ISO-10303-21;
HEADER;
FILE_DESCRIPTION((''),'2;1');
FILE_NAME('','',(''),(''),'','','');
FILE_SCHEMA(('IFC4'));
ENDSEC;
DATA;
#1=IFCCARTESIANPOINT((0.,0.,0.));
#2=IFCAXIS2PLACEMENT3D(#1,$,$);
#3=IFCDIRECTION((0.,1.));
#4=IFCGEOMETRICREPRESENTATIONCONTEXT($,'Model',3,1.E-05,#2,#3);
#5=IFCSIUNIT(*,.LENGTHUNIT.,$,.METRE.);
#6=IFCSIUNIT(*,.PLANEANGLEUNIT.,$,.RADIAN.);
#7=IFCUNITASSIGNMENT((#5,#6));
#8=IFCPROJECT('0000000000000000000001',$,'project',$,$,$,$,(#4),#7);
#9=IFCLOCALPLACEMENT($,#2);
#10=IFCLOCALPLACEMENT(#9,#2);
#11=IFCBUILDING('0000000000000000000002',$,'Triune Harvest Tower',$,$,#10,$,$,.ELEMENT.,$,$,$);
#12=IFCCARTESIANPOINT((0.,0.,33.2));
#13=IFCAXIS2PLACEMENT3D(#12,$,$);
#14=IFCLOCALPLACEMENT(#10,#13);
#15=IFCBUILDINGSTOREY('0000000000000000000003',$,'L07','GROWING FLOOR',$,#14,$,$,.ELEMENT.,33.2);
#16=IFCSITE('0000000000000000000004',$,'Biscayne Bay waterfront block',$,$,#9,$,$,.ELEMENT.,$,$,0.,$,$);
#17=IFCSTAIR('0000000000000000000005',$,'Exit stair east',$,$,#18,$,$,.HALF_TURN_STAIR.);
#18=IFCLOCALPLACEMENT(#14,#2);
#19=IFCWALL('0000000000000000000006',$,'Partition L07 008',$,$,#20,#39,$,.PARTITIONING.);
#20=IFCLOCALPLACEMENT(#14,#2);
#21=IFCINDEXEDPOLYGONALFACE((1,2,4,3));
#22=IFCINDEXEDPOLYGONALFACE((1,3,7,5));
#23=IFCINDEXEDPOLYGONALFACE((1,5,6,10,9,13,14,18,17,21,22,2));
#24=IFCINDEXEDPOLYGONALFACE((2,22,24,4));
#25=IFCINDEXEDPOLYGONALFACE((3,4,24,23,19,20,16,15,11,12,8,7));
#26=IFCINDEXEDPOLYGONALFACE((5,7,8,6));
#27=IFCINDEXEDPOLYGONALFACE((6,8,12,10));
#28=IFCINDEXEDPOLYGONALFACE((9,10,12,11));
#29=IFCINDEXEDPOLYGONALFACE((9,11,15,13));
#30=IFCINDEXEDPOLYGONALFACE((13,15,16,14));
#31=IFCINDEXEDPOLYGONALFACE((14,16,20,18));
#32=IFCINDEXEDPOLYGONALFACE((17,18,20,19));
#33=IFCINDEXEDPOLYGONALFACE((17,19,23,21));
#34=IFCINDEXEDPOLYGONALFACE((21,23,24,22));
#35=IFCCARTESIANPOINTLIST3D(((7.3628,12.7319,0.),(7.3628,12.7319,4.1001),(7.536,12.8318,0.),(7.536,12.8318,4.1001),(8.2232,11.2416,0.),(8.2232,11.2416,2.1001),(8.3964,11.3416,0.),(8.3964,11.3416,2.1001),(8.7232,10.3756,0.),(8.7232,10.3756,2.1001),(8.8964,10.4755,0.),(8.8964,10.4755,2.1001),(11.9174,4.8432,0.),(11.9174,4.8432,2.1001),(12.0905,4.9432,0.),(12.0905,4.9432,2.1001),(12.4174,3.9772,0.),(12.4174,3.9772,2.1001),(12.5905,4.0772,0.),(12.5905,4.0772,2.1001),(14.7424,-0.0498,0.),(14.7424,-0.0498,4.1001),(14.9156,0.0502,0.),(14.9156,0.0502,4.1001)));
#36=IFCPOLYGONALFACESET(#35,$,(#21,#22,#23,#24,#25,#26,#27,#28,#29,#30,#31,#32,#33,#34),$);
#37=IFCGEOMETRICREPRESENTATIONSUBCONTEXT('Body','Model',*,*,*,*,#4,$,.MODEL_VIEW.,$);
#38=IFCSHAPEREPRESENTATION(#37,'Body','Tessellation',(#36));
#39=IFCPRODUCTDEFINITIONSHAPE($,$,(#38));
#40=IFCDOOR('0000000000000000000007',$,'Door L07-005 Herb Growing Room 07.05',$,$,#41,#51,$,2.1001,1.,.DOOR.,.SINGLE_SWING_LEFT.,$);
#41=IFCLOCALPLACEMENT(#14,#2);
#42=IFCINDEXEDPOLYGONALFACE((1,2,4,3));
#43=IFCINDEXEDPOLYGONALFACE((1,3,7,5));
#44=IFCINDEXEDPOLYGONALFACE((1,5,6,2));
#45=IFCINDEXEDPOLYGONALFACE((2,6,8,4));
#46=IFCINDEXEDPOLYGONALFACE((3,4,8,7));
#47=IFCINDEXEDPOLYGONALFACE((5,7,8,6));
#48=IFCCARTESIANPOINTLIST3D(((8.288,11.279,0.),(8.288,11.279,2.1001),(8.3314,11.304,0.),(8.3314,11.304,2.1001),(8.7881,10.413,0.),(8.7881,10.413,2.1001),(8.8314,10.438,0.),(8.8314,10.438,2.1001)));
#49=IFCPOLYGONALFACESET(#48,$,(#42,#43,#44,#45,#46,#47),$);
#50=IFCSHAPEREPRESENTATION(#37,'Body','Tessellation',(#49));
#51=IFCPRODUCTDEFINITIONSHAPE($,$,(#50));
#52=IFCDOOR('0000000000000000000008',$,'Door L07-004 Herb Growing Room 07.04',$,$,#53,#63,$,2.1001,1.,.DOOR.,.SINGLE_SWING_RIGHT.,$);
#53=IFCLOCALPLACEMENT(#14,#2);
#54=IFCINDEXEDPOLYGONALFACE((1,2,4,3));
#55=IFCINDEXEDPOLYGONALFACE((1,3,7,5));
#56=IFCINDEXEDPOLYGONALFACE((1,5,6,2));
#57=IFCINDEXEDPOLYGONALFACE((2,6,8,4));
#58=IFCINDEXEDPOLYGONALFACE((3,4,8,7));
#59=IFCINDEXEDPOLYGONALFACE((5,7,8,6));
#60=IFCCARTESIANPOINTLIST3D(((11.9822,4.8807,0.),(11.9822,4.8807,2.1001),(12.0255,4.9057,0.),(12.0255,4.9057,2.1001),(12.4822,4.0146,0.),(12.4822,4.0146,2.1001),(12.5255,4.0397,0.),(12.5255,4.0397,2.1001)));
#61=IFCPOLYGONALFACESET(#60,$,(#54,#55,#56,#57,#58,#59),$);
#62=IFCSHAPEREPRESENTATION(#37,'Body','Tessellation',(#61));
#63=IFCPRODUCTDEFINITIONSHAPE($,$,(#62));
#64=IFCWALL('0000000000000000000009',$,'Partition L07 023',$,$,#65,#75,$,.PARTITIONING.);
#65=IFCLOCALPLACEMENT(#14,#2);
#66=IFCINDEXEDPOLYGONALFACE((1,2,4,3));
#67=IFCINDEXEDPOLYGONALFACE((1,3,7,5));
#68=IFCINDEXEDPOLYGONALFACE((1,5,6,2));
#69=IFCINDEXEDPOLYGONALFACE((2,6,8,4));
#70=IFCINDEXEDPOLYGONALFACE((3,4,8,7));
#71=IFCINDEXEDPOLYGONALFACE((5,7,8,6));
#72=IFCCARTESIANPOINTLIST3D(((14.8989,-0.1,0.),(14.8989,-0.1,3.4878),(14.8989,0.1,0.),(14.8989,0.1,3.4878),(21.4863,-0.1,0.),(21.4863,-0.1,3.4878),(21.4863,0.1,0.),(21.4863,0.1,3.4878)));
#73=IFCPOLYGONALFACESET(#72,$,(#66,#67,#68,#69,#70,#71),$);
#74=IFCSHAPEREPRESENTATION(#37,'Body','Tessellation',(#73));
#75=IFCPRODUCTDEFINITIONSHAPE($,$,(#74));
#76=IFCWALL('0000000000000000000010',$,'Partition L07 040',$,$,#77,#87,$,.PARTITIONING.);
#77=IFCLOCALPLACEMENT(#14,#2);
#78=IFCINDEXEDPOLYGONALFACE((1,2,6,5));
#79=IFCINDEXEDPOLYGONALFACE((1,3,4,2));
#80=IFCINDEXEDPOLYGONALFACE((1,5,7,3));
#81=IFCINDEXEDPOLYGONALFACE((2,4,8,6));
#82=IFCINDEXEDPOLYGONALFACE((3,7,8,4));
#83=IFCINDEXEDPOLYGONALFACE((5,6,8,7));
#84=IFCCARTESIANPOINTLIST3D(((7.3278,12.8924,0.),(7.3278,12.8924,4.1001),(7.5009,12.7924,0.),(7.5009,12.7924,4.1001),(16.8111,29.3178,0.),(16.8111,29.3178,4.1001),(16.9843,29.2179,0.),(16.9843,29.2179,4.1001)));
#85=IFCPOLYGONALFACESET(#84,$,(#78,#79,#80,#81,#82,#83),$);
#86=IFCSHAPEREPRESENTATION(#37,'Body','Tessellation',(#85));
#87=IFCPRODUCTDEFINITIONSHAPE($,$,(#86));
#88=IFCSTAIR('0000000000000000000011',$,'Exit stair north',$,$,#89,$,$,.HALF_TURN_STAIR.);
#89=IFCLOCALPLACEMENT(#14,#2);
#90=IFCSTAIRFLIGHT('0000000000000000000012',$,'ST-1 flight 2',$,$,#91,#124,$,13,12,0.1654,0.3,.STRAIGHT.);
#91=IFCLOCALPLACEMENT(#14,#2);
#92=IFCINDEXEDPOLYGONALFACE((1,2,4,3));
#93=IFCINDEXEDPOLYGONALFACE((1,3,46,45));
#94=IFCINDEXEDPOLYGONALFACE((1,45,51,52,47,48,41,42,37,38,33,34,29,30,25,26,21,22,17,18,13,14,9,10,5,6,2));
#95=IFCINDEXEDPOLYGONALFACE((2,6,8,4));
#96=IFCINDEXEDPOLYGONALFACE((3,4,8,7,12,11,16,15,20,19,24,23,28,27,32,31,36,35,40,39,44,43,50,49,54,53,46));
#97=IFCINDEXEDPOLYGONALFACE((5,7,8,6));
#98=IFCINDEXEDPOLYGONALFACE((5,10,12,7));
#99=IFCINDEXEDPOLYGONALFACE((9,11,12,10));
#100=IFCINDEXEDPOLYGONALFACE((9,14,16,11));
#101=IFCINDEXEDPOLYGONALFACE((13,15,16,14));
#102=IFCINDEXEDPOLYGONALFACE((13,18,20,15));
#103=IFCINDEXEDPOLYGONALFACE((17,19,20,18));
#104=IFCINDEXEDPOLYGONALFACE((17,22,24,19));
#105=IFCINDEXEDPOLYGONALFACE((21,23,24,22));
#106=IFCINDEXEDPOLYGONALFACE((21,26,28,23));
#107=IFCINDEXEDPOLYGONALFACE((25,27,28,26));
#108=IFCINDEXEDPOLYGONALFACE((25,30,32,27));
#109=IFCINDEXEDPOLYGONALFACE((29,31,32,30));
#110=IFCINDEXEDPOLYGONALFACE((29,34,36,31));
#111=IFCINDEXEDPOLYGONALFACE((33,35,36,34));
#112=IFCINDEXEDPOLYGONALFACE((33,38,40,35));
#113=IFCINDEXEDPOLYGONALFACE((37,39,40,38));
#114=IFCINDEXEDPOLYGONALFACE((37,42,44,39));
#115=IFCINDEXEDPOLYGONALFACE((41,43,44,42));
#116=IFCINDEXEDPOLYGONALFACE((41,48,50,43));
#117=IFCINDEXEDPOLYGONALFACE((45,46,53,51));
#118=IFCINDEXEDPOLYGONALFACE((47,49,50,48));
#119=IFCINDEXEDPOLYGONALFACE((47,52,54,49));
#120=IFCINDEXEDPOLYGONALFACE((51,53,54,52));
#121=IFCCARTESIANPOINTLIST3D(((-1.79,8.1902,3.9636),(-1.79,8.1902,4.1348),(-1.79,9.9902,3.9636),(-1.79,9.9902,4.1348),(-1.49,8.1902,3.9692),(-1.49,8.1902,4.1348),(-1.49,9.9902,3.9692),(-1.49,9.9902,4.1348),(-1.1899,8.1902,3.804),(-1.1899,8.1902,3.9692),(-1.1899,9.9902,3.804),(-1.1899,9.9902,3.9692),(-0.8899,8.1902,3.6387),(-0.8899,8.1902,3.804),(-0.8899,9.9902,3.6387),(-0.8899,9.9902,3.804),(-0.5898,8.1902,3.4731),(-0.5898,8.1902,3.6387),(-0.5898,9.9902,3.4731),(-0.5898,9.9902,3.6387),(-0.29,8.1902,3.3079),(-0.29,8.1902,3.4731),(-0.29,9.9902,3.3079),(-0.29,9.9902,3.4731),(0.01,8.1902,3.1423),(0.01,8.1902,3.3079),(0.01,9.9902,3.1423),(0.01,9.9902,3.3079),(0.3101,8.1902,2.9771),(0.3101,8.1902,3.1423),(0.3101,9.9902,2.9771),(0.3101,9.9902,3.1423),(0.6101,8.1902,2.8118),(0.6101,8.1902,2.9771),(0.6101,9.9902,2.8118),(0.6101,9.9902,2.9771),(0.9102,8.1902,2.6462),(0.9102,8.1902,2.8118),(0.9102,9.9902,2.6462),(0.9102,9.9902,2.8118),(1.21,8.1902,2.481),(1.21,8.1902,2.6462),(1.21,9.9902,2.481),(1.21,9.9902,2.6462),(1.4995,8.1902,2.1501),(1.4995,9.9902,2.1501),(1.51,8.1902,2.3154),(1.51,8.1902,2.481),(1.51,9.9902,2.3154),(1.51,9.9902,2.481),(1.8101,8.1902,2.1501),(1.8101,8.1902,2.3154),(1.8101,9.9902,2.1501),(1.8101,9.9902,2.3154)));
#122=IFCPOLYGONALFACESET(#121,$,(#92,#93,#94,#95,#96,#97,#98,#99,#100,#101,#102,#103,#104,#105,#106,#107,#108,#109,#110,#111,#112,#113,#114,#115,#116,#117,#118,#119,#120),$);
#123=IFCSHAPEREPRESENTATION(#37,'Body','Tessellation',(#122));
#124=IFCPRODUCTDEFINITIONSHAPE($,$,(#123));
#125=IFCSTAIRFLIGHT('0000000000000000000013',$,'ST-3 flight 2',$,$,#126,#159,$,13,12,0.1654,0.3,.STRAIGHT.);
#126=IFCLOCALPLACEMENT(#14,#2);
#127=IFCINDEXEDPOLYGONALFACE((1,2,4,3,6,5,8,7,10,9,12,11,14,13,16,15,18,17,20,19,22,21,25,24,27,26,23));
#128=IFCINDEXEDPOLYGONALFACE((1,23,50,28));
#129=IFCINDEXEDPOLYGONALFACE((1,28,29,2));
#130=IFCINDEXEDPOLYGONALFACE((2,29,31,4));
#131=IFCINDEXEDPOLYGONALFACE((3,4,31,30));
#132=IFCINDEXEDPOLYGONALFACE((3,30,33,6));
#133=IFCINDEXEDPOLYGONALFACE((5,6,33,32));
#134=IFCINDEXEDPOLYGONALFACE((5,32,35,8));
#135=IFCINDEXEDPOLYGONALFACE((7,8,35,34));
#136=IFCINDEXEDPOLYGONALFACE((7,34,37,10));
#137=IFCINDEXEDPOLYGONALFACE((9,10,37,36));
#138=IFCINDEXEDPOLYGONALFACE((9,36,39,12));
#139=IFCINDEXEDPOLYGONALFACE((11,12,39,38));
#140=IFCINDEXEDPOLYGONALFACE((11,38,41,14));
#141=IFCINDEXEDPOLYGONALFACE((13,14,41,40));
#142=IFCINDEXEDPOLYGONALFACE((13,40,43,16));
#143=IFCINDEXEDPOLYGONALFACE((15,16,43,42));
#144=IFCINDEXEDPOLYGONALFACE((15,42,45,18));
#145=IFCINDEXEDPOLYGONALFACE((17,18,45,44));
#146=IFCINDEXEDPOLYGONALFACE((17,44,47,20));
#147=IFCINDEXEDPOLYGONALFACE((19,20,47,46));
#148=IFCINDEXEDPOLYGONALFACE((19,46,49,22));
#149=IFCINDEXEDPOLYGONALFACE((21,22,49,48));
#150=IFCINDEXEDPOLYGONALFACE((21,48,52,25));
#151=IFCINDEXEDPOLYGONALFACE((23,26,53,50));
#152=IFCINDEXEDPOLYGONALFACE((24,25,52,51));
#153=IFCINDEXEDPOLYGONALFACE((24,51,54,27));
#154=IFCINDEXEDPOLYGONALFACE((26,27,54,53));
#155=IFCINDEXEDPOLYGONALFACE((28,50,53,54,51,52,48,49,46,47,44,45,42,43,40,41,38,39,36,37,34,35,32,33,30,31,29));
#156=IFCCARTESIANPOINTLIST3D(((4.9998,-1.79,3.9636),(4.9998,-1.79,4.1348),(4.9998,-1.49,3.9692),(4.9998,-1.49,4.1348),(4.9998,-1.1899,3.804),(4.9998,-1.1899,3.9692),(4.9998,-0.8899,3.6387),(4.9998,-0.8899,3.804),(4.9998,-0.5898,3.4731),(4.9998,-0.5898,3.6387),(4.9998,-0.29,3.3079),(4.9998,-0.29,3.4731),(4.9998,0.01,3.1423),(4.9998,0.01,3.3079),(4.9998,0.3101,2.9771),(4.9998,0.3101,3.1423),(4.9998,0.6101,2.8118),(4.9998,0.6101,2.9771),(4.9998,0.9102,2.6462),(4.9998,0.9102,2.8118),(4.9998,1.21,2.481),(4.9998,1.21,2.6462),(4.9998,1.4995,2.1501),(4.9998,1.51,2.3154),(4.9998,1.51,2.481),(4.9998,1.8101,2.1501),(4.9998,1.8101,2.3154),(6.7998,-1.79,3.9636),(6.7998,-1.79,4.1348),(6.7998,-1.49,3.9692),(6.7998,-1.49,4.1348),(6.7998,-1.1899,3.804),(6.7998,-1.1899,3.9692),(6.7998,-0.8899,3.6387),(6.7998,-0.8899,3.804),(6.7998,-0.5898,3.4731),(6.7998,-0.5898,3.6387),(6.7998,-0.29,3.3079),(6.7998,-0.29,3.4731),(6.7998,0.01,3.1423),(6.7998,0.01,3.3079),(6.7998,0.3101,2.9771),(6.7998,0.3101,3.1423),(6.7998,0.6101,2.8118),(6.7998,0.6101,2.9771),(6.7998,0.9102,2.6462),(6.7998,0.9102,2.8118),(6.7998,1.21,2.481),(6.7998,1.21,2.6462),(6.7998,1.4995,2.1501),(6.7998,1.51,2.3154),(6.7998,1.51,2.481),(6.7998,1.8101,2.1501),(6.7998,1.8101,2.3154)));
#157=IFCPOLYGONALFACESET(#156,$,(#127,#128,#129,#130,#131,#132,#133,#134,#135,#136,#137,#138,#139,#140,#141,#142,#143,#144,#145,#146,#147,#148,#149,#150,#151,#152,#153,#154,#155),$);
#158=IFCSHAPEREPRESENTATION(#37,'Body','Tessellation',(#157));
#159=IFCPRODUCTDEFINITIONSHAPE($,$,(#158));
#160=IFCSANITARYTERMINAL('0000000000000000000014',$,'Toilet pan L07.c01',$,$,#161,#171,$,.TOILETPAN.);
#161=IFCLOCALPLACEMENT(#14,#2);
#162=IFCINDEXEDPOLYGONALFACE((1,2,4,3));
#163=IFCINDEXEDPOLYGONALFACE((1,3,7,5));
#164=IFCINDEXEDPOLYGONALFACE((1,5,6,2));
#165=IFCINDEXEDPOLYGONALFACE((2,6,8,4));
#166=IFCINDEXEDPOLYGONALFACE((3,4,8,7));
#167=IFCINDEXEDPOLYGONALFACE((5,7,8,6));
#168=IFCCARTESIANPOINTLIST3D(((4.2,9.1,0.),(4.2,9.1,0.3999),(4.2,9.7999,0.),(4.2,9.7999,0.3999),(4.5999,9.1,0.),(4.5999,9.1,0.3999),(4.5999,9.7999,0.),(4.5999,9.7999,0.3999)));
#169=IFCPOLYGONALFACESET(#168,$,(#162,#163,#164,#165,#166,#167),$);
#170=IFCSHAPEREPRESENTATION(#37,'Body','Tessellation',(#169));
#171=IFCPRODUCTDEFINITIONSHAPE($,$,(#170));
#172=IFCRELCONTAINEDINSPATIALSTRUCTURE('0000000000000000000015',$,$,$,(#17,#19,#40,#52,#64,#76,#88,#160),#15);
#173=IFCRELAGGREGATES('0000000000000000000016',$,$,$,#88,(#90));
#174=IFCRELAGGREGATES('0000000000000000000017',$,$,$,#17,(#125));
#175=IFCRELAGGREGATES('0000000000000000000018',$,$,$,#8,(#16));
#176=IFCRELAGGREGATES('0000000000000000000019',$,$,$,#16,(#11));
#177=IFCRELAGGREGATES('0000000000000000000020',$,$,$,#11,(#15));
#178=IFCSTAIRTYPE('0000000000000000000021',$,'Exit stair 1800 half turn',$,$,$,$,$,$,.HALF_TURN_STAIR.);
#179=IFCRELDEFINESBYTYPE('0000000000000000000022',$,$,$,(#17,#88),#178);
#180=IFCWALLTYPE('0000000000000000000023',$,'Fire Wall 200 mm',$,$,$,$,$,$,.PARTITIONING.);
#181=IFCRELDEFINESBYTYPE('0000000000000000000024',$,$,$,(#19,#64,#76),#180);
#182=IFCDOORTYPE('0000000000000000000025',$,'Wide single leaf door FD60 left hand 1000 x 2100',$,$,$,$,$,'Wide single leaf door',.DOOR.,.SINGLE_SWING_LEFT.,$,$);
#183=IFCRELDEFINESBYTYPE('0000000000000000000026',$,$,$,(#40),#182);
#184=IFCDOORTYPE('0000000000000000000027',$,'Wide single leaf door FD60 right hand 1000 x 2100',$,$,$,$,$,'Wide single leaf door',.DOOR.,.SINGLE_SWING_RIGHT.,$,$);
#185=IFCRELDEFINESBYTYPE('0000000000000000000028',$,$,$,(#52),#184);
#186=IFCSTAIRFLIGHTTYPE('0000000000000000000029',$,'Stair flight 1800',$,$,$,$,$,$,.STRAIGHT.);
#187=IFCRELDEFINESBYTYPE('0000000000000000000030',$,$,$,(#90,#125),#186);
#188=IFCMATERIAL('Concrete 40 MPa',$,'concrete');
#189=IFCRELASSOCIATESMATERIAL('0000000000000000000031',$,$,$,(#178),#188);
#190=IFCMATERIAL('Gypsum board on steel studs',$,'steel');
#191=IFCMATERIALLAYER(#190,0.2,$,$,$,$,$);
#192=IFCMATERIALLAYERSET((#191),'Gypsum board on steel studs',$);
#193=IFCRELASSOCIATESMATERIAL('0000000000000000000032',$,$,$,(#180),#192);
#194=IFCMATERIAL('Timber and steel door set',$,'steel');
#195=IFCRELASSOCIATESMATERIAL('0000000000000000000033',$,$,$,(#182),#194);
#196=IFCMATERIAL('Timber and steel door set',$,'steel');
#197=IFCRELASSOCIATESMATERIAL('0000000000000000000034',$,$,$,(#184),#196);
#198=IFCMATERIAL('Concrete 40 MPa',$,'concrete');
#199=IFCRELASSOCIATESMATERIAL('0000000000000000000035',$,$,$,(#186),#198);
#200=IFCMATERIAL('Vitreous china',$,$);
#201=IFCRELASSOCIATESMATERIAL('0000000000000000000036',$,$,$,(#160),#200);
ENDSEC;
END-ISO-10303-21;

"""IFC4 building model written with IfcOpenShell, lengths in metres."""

from ifc_helpers import new_model, si_unit, direction, frame, frame_2d, origin, origin_2d, place, context, subcontext, project, spatial, polyline, rectangle, outline, extrude, source, transform, mapped, material, layer, layer_set, type_object, element, fill, aggregate, save


model = new_model("IFC4")

# Units and contexts
model_context = context("Model", 3, precision=1e-05, world=origin(), true_north=direction((0.0, 1.0)))
body_context = subcontext(model_context, "Body", "Model", "MODEL_VIEW")
ifc_project = project(units=[si_unit("LENGTHUNIT", "METRE"), si_unit("PLANEANGLEUNIT", "RADIAN")], contexts=[model_context])

# Site, building, storey
site_placement = place(None, origin())
site = spatial("IfcSite", under=ifc_project, at=site_placement, Name="Biscayne Bay waterfront block", CompositionType="ELEMENT", RefElevation=0.0)
building_placement = place(site_placement, origin())
building = spatial("IfcBuilding", under=site, at=building_placement, Name="Triune Harvest Tower", CompositionType="ELEMENT")
storey_placement = place(building_placement, frame((0.0, 0.0, 33.2)))
storey = spatial("IfcBuildingStorey", under=building, at=storey_placement, Name="L07", Description="GROWING FLOOR", CompositionType="ELEMENT", Elevation=33.2)

# Stair
ifc_material_1 = material(Name="Concrete 40 MPa", Category="concrete")
stair_type = type_object("IfcStairType", Name="Exit stair 1800 half turn", PredefinedType="HALF_TURN_STAIR", material=ifc_material_1)
stair_1_placement = place(storey_placement, origin())
stair_1 = element("IfcStair", 1, at=stair_1_placement, inside=storey, type_object=stair_type, Name="Exit stair east", PredefinedType="HALF_TURN_STAIR")

# Shared definitions
ifc_material_2 = material(Name="Gypsum board on steel studs", Category="steel")
ifc_layer_1 = layer(ifc_material_2, 0.2)
ifc_layer_set_1 = layer_set([ifc_layer_1], Name="Gypsum board on steel studs")
wall_type_1 = type_object("IfcWallType", Name="Fire Wall 200 mm", PredefinedType="PARTITIONING", material=ifc_layer_set_1)

# Wall, openings, doors
shared_shape_1 = source(origin(), body_context, "Body", "SweptSolid", [
    extrude(rectangle(XDim=14.759, YDim=0.2, at=frame_2d((7.3794, 0.0))), origin(), (0.0, 0.0, 1.0), 4.1001),
])
wall_1_placement = place(storey_placement, frame((7.4495, 12.7817, 0.0), z_axis=(0.0, 0.0, 1.0), x_axis=(0.500005, -0.866023, 0.0)))
wall_1 = element("IfcWall", 2, at=wall_1_placement, inside=storey, type_object=wall_type_1, Name="Partition L07 008", PredefinedType="PARTITIONING", context=body_context, shape_type="MappedRepresentation", body=[
    mapped(shared_shape_1, transform((0.0, 0.0, 0.0), scale=1.0)),
])
opening_1_placement = place(wall_1_placement, frame((9.1089, 0.0, 0.0)))
opening_1 = element("IfcOpeningElement", 3, at=opening_1_placement, cuts=wall_1, PredefinedType="OPENING", context=body_context, shape_type="SweptSolid", body=[
    extrude(rectangle(XDim=1.0, YDim=2.1001, at=frame_2d((0.5, 1.05))), frame((0.0, 0.1099, 0.0), z_axis=(0.0, -1.0, 0.0), x_axis=(1.0, 0.0, 0.0)), (0.0, 0.0, 1.0), 0.22),
])
opening_2_placement = place(wall_1_placement, frame((1.7207, 0.0, 0.0)))
opening_2 = element("IfcOpeningElement", 4, at=opening_2_placement, cuts=wall_1, PredefinedType="OPENING", context=body_context, shape_type="SweptSolid", body=[
    extrude(rectangle(XDim=1.0, YDim=2.1001, at=frame_2d((0.5, 1.05))), frame((0.0, 0.1099, 0.0), z_axis=(0.0, -1.0, 0.0), x_axis=(1.0, 0.0, 0.0)), (0.0, 0.0, 1.0), 0.22),
])
ifc_material_3 = material(Name="Timber and steel door set", Category="steel")
door_type_1 = type_object("IfcDoorType", Name="Wide single leaf door FD60 left hand 1000 x 2100", ElementType="Wide single leaf door", OperationType="SINGLE_SWING_LEFT", PredefinedType="DOOR", material=ifc_material_3)
door_1_placement = place(opening_2_placement, origin())
door_1 = element("IfcDoor", 5, at=door_1_placement, inside=storey, type_object=door_type_1, Name="Door L07-005 Herb Growing Room 07.05", OperationType="SINGLE_SWING_LEFT", OverallHeight=2.1001, OverallWidth=1.0, PredefinedType="DOOR", context=body_context, shape_type="SweptSolid", body=[
    extrude(rectangle(XDim=1.0, YDim=2.1001, at=frame_2d((0.5, 1.05))), frame((0.0, 0.0249, 0.0), z_axis=(0.0, -1.0, 0.0), x_axis=(1.0, 0.0, 0.0)), (0.0, 0.0, 1.0), 0.05),
])
fill(opening_2, door_1)
ifc_material_4 = material(Name="Timber and steel door set", Category="steel")
door_type_2 = type_object("IfcDoorType", Name="Wide single leaf door FD60 right hand 1000 x 2100", ElementType="Wide single leaf door", OperationType="SINGLE_SWING_RIGHT", PredefinedType="DOOR", material=ifc_material_4)
door_2_placement = place(opening_1_placement, origin())
door_2 = element("IfcDoor", 6, at=door_2_placement, inside=storey, type_object=door_type_2, Name="Door L07-004 Herb Growing Room 07.04", OperationType="SINGLE_SWING_RIGHT", OverallHeight=2.1001, OverallWidth=1.0, PredefinedType="DOOR", context=body_context, shape_type="SweptSolid", body=[
    extrude(rectangle(XDim=1.0, YDim=2.1001, at=frame_2d((0.5, 1.05))), frame((0.0, 0.0249, 0.0), z_axis=(0.0, -1.0, 0.0), x_axis=(1.0, 0.0, 0.0)), (0.0, 0.0, 1.0), 0.05),
])
fill(opening_1, door_2)

# Walls
shared_shape_2 = source(origin(), body_context, "Body", "SweptSolid", [
    extrude(rectangle(XDim=6.5874, YDim=0.2, at=frame_2d((3.2937, 0.0))), origin(), (0.0, 0.0, 1.0), 3.4878),
])
wall_2_placement = place(storey_placement, frame((14.8989, 0.0, 0.0), z_axis=(0.0, 0.0, 1.0), x_axis=(1.0, 0.0, 0.0)))
element("IfcWall", 7, at=wall_2_placement, inside=storey, type_object=wall_type_1, Name="Partition L07 023", PredefinedType="PARTITIONING", context=body_context, shape_type="MappedRepresentation", body=[
    mapped(shared_shape_2, transform((0.0, 0.0, 0.0), scale=1.0)),
])
shared_shape_3 = source(origin(), body_context, "Body", "SweptSolid", [
    extrude(rectangle(XDim=18.9666, YDim=0.2, at=frame_2d((9.4834, 0.0))), origin(), (0.0, 0.0, 1.0), 4.1001),
])
wall_3_placement = place(storey_placement, frame((7.4143, 12.8423, 0.0), z_axis=(0.0, 0.0, 1.0), x_axis=(0.500004, 0.866023, 0.0)))
element("IfcWall", 8, at=wall_3_placement, inside=storey, type_object=wall_type_1, Name="Partition L07 040", PredefinedType="PARTITIONING", context=body_context, shape_type="MappedRepresentation", body=[
    mapped(shared_shape_3, transform((0.0, 0.0, 0.0), scale=1.0)),
])

# Stair, stair flight
stair_2_placement = place(storey_placement, origin())
stair_2 = element("IfcStair", 9, at=stair_2_placement, inside=storey, type_object=stair_type, Name="Exit stair north", PredefinedType="HALF_TURN_STAIR")
ifc_material_5 = material(Name="Concrete 40 MPa", Category="concrete")
stair_flight_type = type_object("IfcStairFlightType", Name="Stair flight 1800", PredefinedType="STRAIGHT", material=ifc_material_5)
shared_shape_4 = source(origin(), body_context, "Body", "SweptSolid", [
    extrude(outline(polyline([(0.0, 0.0), (0.0, 0.1653), (0.3, 0.1653), (0.3, 0.3308), (0.6001, 0.3308), (0.6001, 0.4961), (0.8999, 0.4961), (0.8999, 0.6616), (1.2, 0.6616), (1.2, 0.8269), (1.5, 0.8269), (1.5, 0.9922), (1.8, 0.9922), (1.8, 1.1577), (2.1001, 1.1577), (2.1001, 1.323), (2.3999, 1.323), (2.3999, 1.4885), (2.7, 1.4885), (2.7, 1.6538), (3.0, 1.6538), (3.0, 1.8191), (3.3, 1.8191), (3.3, 1.9846), (3.6001, 1.9846), (3.6001, 2.1499), (3.6001, 1.8135), (0.3105, 0.0), (0.0, 0.0)])), frame((0.0, 0.8999, 0.0), z_axis=(0.0, -1.0, 0.0), x_axis=(1.0, 0.0, 0.0)), (0.0, 0.0, 1.0), 1.8),
])
stair_flight_1_placement = place(storey_placement, frame((1.8101, 9.0901, 2.1501), z_axis=(0.0, 0.0, 1.0), x_axis=(-1.0, 0.0, 0.0)))
stair_flight_1 = element("IfcStairFlight", 10, at=stair_flight_1_placement, type_object=stair_flight_type, Name="ST-1 flight 2", NumberOfRisers=13, NumberOfTreads=12, PredefinedType="STRAIGHT", RiserHeight=0.1654, TreadLength=0.3, context=body_context, shape_type="MappedRepresentation", body=[
    mapped(shared_shape_4, transform((0.0, 0.0, 0.0), scale=1.0)),
])
aggregate(stair_2, [stair_flight_1])

# Stair flight
stair_flight_2_placement = place(storey_placement, frame((5.8999, 1.8101, 2.1501), z_axis=(0.0, 0.0, 1.0), x_axis=(0.0, -1.0, 0.0)))
stair_flight_2 = element("IfcStairFlight", 11, at=stair_flight_2_placement, type_object=stair_flight_type, Name="ST-3 flight 2", NumberOfRisers=13, NumberOfTreads=12, PredefinedType="STRAIGHT", RiserHeight=0.1654, TreadLength=0.3, context=body_context, shape_type="MappedRepresentation", body=[
    mapped(shared_shape_4, transform((0.0, 0.0, 0.0), scale=1.0)),
])
aggregate(stair_1, [stair_flight_2])

# Sanitary terminal
ifc_material_6 = material(Name="Vitreous china")
shared_shape_5 = source(origin(), body_context, "Body", "SweptSolid", [
    extrude(rectangle(XDim=0.3999, YDim=0.7, at=origin_2d()), origin(), (0.0, 0.0, 1.0), 0.3999),
])
for number, where, z_axis, x_axis, name in (
    (12, (4.3999, 9.45, 0.0), (0.0, 0.0, 1.0), (1.0, 0.0, 0.0), "Toilet pan L07.c01"),
):
    element("IfcSanitaryTerminal", number, at=place(storey_placement, frame(where, z_axis=z_axis, x_axis=x_axis)), inside=storey, material=ifc_material_6, Name=name, PredefinedType="TOILETPAN", context=body_context, shape_type="MappedRepresentation", body=[
        mapped(shared_shape_5, transform((0.0, 0.0, 0.0), scale=1.0)),
    ])

save(model, "model.ifc")
